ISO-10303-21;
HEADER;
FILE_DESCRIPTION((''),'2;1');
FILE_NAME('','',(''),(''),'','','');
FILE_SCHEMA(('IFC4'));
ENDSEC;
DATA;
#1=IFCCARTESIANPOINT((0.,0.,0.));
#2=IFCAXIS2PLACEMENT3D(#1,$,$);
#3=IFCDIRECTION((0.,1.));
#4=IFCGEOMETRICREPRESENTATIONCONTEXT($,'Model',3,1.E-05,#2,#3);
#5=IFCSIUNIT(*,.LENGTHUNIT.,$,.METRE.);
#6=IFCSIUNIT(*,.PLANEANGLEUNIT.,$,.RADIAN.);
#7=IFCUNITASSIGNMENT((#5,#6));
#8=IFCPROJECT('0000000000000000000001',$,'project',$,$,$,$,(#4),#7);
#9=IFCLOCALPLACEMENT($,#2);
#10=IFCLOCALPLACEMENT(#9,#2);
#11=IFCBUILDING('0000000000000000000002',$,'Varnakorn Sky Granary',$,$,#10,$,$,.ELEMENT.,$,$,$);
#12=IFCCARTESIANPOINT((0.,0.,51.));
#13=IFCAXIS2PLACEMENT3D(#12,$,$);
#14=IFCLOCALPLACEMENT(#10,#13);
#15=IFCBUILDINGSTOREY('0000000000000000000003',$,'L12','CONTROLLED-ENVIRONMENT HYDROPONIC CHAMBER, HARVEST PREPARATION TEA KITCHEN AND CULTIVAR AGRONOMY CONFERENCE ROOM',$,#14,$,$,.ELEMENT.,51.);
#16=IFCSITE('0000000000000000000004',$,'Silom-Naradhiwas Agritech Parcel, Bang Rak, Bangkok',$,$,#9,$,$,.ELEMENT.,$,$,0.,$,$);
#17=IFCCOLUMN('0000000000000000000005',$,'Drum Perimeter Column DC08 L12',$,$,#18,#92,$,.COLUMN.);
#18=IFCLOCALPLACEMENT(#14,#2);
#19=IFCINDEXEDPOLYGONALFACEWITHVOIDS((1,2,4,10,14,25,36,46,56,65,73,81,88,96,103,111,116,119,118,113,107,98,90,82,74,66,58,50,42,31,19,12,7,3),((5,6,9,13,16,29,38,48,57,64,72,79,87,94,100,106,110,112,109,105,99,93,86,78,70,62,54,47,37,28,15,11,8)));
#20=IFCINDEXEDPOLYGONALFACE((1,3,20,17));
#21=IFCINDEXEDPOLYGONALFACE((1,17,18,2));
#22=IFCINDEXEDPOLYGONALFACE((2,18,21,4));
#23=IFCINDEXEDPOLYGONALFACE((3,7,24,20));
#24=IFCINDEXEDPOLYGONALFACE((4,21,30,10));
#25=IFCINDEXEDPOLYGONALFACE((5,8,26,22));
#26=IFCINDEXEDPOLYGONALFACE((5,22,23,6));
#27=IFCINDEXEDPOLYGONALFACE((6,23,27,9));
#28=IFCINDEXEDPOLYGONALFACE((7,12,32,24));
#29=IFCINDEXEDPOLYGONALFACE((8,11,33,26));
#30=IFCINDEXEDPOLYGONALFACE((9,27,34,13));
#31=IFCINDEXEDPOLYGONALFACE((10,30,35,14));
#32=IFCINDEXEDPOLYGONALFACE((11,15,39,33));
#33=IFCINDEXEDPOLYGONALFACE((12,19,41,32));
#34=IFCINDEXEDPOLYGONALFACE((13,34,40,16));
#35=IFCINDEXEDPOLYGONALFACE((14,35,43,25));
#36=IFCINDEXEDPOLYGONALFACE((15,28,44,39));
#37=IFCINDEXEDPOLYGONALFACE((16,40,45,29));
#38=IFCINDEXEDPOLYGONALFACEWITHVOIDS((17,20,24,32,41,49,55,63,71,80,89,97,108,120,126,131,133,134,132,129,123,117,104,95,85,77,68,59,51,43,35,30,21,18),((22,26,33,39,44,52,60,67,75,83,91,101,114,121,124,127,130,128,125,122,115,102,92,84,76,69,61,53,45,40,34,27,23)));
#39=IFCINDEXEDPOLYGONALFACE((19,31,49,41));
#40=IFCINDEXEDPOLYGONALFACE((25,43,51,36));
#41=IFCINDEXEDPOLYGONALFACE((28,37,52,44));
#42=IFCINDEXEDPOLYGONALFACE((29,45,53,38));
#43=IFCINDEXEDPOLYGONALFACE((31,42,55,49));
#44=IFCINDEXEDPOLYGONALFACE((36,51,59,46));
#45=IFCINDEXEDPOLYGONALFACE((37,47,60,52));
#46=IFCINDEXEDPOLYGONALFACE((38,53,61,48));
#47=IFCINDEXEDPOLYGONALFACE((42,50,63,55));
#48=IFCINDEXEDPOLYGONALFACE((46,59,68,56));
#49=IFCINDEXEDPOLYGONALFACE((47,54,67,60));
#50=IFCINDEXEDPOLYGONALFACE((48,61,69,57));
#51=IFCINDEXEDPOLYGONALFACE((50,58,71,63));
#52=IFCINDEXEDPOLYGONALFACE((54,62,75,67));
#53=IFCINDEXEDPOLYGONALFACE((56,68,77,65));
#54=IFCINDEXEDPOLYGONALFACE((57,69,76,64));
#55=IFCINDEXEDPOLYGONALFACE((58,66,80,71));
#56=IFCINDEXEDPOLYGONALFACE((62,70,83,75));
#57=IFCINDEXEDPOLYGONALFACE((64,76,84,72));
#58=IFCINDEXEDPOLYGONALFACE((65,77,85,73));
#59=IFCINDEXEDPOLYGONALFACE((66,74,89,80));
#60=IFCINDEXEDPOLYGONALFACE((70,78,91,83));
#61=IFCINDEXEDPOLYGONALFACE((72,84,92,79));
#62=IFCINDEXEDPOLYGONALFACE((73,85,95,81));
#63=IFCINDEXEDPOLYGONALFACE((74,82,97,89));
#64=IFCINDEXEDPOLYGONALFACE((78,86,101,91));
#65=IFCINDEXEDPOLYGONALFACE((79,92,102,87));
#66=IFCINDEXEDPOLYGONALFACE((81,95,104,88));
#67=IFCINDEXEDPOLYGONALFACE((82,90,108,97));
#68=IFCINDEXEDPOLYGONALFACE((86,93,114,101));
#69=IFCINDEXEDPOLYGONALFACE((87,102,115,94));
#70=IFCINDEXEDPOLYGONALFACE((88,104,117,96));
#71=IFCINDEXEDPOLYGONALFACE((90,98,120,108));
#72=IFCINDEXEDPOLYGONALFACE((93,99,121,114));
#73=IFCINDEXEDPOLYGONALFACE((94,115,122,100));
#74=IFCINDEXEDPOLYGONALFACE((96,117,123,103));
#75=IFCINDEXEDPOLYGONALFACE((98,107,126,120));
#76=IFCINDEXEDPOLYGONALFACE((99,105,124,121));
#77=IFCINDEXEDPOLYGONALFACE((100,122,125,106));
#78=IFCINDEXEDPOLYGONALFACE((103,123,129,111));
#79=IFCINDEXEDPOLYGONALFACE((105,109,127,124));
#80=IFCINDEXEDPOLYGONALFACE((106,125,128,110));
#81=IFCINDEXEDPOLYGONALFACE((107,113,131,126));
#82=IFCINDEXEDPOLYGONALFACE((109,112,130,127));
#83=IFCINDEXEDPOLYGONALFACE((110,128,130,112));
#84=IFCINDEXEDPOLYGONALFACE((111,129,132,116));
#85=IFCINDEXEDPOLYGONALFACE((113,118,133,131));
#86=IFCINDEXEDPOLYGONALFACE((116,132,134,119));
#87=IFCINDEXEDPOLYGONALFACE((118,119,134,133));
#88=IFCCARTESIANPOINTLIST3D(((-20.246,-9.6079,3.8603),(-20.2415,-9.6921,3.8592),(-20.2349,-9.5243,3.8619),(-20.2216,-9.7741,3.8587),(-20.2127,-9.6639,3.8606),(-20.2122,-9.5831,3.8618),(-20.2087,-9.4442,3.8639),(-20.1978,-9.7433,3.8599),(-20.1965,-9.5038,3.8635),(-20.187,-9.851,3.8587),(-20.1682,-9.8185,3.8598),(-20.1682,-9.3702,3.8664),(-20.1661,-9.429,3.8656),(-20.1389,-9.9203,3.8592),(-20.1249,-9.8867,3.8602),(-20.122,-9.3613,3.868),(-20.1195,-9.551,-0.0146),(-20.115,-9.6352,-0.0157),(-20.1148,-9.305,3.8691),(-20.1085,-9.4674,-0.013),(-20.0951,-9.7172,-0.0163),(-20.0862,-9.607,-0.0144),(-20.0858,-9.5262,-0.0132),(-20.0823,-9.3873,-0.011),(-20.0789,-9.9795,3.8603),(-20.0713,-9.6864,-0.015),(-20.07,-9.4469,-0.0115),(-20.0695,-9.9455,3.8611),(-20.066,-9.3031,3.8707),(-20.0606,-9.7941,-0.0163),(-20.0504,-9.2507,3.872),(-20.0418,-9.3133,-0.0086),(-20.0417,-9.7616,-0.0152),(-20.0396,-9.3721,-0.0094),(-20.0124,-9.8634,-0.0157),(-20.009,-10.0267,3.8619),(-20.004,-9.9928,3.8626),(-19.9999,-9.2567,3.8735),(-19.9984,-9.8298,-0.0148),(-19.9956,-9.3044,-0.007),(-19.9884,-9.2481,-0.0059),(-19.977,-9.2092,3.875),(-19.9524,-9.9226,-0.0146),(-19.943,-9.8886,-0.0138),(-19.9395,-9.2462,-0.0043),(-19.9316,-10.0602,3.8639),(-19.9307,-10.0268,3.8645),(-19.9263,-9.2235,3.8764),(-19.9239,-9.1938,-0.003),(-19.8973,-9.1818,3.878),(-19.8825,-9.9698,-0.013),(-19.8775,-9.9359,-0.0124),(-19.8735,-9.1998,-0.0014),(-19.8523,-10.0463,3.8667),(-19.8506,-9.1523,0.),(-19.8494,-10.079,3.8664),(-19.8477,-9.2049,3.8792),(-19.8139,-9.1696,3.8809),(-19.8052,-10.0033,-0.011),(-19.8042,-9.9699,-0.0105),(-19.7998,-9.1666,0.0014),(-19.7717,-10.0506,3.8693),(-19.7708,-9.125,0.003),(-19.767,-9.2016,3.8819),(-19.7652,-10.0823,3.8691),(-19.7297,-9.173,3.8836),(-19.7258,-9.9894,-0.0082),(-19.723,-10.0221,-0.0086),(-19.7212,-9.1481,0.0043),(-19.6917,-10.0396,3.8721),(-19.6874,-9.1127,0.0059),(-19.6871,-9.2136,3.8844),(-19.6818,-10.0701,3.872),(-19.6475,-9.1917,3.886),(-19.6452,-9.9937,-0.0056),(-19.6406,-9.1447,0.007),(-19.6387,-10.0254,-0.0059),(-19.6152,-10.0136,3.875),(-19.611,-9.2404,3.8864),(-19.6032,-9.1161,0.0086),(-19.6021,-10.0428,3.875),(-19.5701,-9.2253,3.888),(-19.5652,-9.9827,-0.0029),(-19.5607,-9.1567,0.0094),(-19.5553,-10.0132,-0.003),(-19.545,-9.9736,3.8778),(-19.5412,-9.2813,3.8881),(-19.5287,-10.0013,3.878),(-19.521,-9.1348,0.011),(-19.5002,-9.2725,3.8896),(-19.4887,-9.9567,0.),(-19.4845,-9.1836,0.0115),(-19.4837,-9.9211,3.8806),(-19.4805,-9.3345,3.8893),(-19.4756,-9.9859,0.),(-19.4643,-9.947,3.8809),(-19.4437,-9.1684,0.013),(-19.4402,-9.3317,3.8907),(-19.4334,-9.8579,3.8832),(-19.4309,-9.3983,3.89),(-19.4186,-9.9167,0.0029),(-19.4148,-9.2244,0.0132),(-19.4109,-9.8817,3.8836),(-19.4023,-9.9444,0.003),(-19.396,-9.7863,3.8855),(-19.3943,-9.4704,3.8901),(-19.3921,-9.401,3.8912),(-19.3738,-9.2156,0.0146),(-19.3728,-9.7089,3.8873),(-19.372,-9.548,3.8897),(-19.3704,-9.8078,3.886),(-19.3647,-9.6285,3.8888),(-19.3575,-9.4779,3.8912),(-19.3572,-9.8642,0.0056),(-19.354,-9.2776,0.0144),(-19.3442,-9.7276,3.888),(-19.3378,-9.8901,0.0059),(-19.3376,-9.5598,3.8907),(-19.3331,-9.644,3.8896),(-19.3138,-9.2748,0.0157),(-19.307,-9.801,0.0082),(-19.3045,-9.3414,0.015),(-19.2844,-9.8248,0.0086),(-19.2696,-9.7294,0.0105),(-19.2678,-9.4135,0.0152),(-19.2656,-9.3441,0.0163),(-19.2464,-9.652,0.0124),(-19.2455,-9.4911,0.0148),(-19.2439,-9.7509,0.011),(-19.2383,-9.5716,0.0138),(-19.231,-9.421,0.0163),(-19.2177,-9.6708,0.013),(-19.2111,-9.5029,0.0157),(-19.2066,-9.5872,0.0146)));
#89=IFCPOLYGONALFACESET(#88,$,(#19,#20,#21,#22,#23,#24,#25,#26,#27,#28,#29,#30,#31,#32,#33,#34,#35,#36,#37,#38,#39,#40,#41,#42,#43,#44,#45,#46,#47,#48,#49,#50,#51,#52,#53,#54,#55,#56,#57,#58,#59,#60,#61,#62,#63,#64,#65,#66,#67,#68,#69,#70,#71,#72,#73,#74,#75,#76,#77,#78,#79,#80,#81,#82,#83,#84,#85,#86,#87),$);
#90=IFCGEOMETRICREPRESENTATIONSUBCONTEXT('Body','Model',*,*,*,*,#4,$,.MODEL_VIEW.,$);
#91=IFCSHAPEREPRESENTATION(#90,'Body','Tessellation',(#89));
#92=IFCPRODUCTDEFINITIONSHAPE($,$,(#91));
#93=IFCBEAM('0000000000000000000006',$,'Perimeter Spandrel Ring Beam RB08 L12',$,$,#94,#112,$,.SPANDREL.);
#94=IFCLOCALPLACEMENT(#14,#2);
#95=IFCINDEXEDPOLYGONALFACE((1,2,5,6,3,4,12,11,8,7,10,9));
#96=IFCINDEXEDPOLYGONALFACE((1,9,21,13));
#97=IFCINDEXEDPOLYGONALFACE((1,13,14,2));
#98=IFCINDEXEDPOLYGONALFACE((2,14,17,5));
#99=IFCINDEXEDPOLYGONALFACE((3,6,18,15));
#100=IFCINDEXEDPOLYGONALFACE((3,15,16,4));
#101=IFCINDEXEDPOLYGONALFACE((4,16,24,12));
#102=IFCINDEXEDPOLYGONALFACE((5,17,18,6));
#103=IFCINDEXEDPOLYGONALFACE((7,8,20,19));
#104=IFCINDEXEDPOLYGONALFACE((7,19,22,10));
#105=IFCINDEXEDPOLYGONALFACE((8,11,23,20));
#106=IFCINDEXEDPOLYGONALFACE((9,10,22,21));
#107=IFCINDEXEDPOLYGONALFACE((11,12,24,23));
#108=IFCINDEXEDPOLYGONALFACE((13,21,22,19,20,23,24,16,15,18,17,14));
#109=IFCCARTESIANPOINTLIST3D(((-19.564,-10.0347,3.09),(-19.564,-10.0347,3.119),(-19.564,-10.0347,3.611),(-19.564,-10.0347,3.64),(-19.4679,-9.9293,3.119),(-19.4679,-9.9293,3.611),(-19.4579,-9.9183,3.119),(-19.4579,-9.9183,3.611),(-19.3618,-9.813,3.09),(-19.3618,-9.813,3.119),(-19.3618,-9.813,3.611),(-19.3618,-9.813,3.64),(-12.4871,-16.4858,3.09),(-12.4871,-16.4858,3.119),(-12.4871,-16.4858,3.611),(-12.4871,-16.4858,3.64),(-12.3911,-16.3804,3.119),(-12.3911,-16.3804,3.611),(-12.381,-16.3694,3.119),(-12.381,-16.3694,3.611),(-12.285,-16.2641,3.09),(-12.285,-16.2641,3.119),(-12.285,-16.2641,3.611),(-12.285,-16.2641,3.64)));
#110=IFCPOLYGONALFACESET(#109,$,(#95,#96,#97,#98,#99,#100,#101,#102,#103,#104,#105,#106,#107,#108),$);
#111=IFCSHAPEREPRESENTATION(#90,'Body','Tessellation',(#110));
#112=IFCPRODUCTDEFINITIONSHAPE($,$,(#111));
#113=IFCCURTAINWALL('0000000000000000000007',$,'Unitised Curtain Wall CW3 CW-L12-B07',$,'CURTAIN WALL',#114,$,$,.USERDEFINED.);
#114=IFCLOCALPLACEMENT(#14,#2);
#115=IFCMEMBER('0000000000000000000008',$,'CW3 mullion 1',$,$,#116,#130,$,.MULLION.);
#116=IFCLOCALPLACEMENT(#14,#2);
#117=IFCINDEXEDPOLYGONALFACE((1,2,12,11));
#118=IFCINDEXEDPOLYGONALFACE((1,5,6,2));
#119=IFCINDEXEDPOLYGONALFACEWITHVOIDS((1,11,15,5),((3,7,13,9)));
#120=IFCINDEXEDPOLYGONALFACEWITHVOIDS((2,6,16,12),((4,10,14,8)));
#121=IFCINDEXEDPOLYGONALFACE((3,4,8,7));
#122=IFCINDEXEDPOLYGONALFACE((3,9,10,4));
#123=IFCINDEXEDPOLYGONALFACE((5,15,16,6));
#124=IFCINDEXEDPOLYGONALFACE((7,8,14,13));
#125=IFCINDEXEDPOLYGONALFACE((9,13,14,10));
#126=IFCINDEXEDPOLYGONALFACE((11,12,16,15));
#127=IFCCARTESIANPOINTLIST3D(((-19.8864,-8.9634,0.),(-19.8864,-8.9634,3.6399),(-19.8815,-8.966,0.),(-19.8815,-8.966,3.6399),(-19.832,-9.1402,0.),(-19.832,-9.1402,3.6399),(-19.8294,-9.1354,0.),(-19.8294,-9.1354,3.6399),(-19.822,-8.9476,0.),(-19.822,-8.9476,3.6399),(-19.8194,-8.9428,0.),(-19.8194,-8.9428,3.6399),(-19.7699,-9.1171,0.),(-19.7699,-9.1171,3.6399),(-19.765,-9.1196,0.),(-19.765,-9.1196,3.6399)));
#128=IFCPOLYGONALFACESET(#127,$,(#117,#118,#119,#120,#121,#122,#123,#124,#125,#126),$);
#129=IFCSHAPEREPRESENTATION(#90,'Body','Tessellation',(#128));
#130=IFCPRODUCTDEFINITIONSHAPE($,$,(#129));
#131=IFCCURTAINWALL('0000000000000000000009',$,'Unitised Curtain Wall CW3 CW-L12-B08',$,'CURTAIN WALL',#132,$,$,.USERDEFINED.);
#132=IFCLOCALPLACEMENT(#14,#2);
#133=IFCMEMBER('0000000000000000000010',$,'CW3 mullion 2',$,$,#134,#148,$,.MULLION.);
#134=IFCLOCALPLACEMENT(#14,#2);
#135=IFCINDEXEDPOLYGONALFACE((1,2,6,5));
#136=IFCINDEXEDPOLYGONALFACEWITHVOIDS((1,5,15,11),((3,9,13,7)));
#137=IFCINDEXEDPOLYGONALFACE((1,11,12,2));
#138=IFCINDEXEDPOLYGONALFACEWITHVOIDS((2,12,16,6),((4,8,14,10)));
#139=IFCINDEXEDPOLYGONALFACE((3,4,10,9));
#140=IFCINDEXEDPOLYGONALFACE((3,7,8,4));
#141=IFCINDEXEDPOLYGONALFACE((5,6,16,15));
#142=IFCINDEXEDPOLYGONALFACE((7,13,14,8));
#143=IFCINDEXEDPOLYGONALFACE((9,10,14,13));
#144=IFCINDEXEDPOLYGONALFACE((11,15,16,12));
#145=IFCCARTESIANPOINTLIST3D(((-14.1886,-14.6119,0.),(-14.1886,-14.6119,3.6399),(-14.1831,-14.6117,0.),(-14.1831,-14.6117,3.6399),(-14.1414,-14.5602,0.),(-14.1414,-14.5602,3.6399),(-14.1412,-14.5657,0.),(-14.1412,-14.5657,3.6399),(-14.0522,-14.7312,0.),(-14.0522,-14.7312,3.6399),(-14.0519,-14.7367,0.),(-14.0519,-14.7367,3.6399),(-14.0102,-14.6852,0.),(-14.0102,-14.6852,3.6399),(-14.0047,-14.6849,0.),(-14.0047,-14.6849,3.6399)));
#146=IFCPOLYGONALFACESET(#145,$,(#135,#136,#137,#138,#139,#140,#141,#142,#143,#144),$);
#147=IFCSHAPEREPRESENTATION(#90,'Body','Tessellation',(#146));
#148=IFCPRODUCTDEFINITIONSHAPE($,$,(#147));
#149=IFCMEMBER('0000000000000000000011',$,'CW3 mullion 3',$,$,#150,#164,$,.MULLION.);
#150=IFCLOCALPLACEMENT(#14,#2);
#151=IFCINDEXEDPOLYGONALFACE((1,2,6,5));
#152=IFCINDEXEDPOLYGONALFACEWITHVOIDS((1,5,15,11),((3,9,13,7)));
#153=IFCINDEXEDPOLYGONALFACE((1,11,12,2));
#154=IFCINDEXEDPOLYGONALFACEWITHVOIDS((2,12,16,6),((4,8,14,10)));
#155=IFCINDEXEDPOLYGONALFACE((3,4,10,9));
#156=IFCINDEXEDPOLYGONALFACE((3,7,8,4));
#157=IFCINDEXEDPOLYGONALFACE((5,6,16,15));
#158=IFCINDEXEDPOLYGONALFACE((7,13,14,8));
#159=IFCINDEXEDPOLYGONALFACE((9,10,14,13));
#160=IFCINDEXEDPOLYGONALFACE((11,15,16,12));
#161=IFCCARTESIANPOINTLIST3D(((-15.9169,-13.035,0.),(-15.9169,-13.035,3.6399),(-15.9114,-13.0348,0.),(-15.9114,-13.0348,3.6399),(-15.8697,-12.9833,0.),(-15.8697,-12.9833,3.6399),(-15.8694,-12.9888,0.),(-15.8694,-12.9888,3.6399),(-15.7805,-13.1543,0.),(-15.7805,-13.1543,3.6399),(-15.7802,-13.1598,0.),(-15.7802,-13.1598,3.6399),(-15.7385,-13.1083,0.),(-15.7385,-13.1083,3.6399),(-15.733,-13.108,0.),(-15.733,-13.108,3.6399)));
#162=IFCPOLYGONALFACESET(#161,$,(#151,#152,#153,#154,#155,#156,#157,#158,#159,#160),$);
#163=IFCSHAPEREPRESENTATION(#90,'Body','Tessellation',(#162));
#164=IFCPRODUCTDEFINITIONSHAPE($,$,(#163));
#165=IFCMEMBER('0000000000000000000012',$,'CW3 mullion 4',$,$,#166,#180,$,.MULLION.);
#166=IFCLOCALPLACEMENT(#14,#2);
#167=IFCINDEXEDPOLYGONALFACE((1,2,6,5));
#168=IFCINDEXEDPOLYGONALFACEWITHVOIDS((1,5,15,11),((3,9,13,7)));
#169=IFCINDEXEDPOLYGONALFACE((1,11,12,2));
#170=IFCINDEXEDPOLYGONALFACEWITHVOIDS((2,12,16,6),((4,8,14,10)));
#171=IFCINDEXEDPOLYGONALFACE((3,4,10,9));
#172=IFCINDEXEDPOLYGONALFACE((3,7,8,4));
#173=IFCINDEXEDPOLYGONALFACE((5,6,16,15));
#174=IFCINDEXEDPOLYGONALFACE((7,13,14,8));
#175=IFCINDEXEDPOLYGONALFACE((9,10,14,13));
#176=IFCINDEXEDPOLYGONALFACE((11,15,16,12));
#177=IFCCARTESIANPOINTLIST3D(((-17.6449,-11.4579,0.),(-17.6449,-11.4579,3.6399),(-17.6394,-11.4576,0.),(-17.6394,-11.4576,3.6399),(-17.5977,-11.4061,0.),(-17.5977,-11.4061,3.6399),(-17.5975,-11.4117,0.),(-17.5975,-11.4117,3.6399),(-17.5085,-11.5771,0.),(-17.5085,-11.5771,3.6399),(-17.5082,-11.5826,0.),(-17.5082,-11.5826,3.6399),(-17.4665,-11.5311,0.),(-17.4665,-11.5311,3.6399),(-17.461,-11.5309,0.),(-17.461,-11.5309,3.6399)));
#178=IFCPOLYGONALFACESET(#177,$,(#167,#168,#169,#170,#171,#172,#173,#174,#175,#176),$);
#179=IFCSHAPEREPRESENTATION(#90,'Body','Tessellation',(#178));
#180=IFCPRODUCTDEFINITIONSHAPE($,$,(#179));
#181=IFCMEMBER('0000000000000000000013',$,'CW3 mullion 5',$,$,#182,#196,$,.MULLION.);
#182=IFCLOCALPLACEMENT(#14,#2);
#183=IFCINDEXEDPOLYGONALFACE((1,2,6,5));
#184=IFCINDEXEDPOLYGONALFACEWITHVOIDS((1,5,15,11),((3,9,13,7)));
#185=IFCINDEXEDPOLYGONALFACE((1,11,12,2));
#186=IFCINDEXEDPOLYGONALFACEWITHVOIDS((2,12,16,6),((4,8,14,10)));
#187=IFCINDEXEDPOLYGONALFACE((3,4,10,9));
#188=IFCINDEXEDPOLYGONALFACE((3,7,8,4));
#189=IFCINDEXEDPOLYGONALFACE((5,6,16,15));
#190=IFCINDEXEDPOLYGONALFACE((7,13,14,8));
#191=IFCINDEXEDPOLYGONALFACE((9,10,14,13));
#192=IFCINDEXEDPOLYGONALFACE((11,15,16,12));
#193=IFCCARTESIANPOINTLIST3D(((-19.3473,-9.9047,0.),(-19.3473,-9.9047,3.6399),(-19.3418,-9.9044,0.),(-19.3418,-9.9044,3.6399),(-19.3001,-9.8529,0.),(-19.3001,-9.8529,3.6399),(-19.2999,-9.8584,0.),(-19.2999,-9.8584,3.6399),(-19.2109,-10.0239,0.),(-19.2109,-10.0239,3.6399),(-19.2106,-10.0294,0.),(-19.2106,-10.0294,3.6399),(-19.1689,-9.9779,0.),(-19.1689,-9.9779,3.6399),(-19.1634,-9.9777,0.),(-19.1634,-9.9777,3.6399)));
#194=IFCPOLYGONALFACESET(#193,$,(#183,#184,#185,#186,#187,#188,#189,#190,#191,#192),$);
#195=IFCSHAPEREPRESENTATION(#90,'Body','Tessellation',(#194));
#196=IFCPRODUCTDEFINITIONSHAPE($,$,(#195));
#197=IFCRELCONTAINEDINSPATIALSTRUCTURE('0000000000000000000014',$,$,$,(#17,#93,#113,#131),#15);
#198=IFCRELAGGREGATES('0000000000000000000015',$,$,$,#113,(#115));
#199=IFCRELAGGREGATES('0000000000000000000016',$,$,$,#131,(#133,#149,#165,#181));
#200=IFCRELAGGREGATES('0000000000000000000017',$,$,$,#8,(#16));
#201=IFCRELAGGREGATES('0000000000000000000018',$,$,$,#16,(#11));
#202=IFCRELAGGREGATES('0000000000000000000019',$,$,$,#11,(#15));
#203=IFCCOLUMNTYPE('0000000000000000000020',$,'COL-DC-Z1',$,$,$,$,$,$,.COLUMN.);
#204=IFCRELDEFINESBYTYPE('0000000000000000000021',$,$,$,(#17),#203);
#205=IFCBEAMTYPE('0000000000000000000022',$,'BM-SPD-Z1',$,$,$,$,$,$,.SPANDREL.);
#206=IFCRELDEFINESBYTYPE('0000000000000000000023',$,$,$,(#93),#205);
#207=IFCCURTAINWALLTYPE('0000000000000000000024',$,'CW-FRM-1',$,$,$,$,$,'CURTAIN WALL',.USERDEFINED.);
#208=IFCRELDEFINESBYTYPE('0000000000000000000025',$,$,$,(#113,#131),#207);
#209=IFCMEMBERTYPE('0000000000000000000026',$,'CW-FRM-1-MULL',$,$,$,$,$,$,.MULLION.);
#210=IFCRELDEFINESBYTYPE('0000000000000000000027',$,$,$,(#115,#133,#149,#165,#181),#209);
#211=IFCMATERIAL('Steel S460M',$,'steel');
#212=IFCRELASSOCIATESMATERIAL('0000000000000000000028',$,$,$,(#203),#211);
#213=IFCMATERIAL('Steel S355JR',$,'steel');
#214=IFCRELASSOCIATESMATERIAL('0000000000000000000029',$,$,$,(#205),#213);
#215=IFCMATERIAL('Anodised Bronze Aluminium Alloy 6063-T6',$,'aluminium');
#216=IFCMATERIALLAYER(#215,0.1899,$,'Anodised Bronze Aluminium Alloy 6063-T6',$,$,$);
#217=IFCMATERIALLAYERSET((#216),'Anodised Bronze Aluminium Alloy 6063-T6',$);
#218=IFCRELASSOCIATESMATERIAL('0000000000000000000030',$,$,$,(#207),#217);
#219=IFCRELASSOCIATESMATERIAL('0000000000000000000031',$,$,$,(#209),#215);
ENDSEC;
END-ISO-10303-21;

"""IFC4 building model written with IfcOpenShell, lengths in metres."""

from ifc_helpers import new_model, si_unit, direction, frame, origin, origin_2d, place, context, subcontext, project, spatial, hollow_rectangle, hollow_circle, i_section, extrude, material, layer, layer_set, material_profile, profile_set, type_object, element, aggregate, save


model = new_model("IFC4")

# Units and contexts
model_context = context("Model", 3, precision=1e-05, world=origin(), true_north=direction((0.0, 1.0)))
body_context = subcontext(model_context, "Body", "Model", "MODEL_VIEW")
ifc_project = project(units=[si_unit("LENGTHUNIT", "METRE"), si_unit("PLANEANGLEUNIT", "RADIAN")], contexts=[model_context])

# Site, building, storey
site_placement = place(None, origin())
site = spatial("IfcSite", under=ifc_project, at=site_placement, Name="Silom-Naradhiwas Agritech Parcel, Bang Rak, Bangkok", CompositionType="ELEMENT", RefElevation=0.0)
building_placement = place(site_placement, origin())
building = spatial("IfcBuilding", under=site, at=building_placement, Name="Varnakorn Sky Granary", CompositionType="ELEMENT")
storey_placement = place(building_placement, frame((0.0, 0.0, 51.0)))
storey = spatial("IfcBuildingStorey", under=building, at=storey_placement, Name="L12", Description="CONTROLLED-ENVIRONMENT HYDROPONIC CHAMBER, HARVEST PREPARATION TEA KITCHEN AND CULTIVAR AGRONOMY CONFERENCE ROOM", CompositionType="ELEMENT", Elevation=51.0)

# Column
ifc_material_1 = material(Name="Steel S460M", Category="steel")
ifc_material_profile_1 = material_profile(ifc_material_1, hollow_circle(Radius=0.457, WallThickness=0.032, at=origin_2d()), Name="CHS 914x32")
ifc_profile_set_1 = profile_set([ifc_material_profile_1], Name="Steel S460M")
column_type = type_object("IfcColumnType", Name="COL-DC-Z1", PredefinedType="COLUMN", material=ifc_profile_set_1)
column_placement = place(storey_placement, frame((-19.6631, -9.5691, 0.0), z_axis=(-0.032615, -0.014671, 0.99936), x_axis=(0.410218, -0.911987, 0.0)))
element("IfcColumn", 1, at=column_placement, inside=storey, type_object=column_type, Name="Drum Perimeter Column DC08 L12", PredefinedType="COLUMN", context=body_context, shape_type="SweptSolid", body=[
    extrude(hollow_circle(Radius=0.457, WallThickness=0.032, at=origin_2d()), origin(), (0.0, 0.0, 1.0), 3.8774),
])

# Beam
ifc_material_2 = material(Name="Steel S355JR", Category="steel")
ifc_material_profile_2 = material_profile(ifc_material_2, i_section(OverallWidth=0.3, OverallDepth=0.55, WebThickness=0.0149, FlangeThickness=0.0291, at=origin_2d()), Name="HE 550 B")
ifc_profile_set_2 = profile_set([ifc_material_profile_2], Name="Steel S355JR")
beam_type = type_object("IfcBeamType", Name="BM-SPD-Z1", PredefinedType="SPANDREL", material=ifc_profile_set_2)
beam_placement = place(storey_placement, frame((-19.4629, -9.9238, 3.365), z_axis=(0.739023, -0.67368, 0.0), x_axis=(0.67368, 0.739023, 0.0)))
element("IfcBeam", 2, at=beam_placement, inside=storey, type_object=beam_type, Name="Perimeter Spandrel Ring Beam RB08 L12", PredefinedType="SPANDREL", context=body_context, shape_type="SweptSolid", body=[
    extrude(i_section(OverallWidth=0.3, OverallDepth=0.55, WebThickness=0.0149, FlangeThickness=0.0291, at=origin_2d()), origin(), (0.0, 0.0, 1.0), 9.5759),
])

# Curtain wall, member
ifc_material_3 = material(Name="Anodised Bronze Aluminium Alloy 6063-T6", Category="aluminium")
ifc_layer_1 = layer(ifc_material_3, 0.1899, Name="Anodised Bronze Aluminium Alloy 6063-T6")
ifc_layer_set_1 = layer_set([ifc_layer_1], Name="Anodised Bronze Aluminium Alloy 6063-T6")
curtain_wall_type = type_object("IfcCurtainWallType", Name="CW-FRM-1", ElementType="CURTAIN WALL", PredefinedType="USERDEFINED", material=ifc_layer_set_1)
curtain_wall_1_placement = place(storey_placement, origin())
curtain_wall_1 = element("IfcCurtainWall", 3, at=curtain_wall_1_placement, inside=storey, type_object=curtain_wall_type, Name="Unitised Curtain Wall CW3 CW-L12-B07", ObjectType="CURTAIN WALL", PredefinedType="USERDEFINED")
ifc_material_profile_3 = material_profile(ifc_material_3, hollow_rectangle(XDim=0.0701, YDim=0.1851, WallThickness=0.0039, at=origin_2d()), Name="ALU MULL 70x185")
ifc_profile_set_3 = profile_set([ifc_material_profile_3], Name="Anodised Bronze Aluminium Alloy 6063-T6")
member_type_1 = type_object("IfcMemberType", Name="CW-FRM-1-MULL", PredefinedType="MULLION", material=ifc_profile_set_3)
member_1_placement = place(storey_placement, frame((-19.8257, -9.0415, 0.0), z_axis=(0.0, 0.0, 1.0), x_axis=(-0.955768, -0.294122, 0.0)))
member_1 = element("IfcMember", 4, at=member_1_placement, type_object=member_type_1, Name="CW3 mullion 1", PredefinedType="MULLION", context=body_context, shape_type="SweptSolid", body=[
    extrude(hollow_rectangle(XDim=0.0701, YDim=0.1851, WallThickness=0.0039, at=origin_2d()), origin(), (0.0, 0.0, 1.0), 3.6399),
])

# Curtain wall, members
curtain_wall_2_placement = place(storey_placement, origin())
curtain_wall_2 = element("IfcCurtainWall", 5, at=curtain_wall_2_placement, inside=storey, type_object=curtain_wall_type, Name="Unitised Curtain Wall CW3 CW-L12-B08", ObjectType="CURTAIN WALL", PredefinedType="USERDEFINED")
member_2_placement = place(storey_placement, frame((-14.0967, -14.6484, 0.0), z_axis=(0.0, 0.0, 1.0), x_axis=(-0.674049, -0.738686, 0.0)))
member_2 = element("IfcMember", 6, at=member_2_placement, type_object=member_type_1, Name="CW3 mullion 2", PredefinedType="MULLION", context=body_context, shape_type="SweptSolid", body=[
    extrude(hollow_rectangle(XDim=0.0701, YDim=0.1851, WallThickness=0.0039, at=origin_2d()), origin(), (0.0, 0.0, 1.0), 3.6399),
])
member_3_placement = place(storey_placement, frame((-15.825, -13.0715, 0.0), z_axis=(0.0, 0.0, 1.0), x_axis=(-0.674049, -0.738686, 0.0)))
member_3 = element("IfcMember", 7, at=member_3_placement, type_object=member_type_1, Name="CW3 mullion 3", PredefinedType="MULLION", context=body_context, shape_type="SweptSolid", body=[
    extrude(hollow_rectangle(XDim=0.0701, YDim=0.1851, WallThickness=0.0039, at=origin_2d()), origin(), (0.0, 0.0, 1.0), 3.6399),
])
member_4_placement = place(storey_placement, frame((-17.553, -11.4944, 0.0), z_axis=(0.0, 0.0, 1.0), x_axis=(-0.674049, -0.738686, 0.0)))
member_4 = element("IfcMember", 8, at=member_4_placement, type_object=member_type_1, Name="CW3 mullion 4", PredefinedType="MULLION", context=body_context, shape_type="SweptSolid", body=[
    extrude(hollow_rectangle(XDim=0.0701, YDim=0.1851, WallThickness=0.0039, at=origin_2d()), origin(), (0.0, 0.0, 1.0), 3.6399),
])
member_5_placement = place(storey_placement, frame((-19.2554, -9.9412, 0.0), z_axis=(0.0, 0.0, 1.0), x_axis=(-0.674049, -0.738686, 0.0)))
member_5 = element("IfcMember", 9, at=member_5_placement, type_object=member_type_1, Name="CW3 mullion 5", PredefinedType="MULLION", context=body_context, shape_type="SweptSolid", body=[
    extrude(hollow_rectangle(XDim=0.0701, YDim=0.1851, WallThickness=0.0039, at=origin_2d()), origin(), (0.0, 0.0, 1.0), 3.6399),
])

aggregate(curtain_wall_1, [member_1])

aggregate(curtain_wall_2, [member_2, member_3, member_4, member_5])

save(model, "model.ifc")
